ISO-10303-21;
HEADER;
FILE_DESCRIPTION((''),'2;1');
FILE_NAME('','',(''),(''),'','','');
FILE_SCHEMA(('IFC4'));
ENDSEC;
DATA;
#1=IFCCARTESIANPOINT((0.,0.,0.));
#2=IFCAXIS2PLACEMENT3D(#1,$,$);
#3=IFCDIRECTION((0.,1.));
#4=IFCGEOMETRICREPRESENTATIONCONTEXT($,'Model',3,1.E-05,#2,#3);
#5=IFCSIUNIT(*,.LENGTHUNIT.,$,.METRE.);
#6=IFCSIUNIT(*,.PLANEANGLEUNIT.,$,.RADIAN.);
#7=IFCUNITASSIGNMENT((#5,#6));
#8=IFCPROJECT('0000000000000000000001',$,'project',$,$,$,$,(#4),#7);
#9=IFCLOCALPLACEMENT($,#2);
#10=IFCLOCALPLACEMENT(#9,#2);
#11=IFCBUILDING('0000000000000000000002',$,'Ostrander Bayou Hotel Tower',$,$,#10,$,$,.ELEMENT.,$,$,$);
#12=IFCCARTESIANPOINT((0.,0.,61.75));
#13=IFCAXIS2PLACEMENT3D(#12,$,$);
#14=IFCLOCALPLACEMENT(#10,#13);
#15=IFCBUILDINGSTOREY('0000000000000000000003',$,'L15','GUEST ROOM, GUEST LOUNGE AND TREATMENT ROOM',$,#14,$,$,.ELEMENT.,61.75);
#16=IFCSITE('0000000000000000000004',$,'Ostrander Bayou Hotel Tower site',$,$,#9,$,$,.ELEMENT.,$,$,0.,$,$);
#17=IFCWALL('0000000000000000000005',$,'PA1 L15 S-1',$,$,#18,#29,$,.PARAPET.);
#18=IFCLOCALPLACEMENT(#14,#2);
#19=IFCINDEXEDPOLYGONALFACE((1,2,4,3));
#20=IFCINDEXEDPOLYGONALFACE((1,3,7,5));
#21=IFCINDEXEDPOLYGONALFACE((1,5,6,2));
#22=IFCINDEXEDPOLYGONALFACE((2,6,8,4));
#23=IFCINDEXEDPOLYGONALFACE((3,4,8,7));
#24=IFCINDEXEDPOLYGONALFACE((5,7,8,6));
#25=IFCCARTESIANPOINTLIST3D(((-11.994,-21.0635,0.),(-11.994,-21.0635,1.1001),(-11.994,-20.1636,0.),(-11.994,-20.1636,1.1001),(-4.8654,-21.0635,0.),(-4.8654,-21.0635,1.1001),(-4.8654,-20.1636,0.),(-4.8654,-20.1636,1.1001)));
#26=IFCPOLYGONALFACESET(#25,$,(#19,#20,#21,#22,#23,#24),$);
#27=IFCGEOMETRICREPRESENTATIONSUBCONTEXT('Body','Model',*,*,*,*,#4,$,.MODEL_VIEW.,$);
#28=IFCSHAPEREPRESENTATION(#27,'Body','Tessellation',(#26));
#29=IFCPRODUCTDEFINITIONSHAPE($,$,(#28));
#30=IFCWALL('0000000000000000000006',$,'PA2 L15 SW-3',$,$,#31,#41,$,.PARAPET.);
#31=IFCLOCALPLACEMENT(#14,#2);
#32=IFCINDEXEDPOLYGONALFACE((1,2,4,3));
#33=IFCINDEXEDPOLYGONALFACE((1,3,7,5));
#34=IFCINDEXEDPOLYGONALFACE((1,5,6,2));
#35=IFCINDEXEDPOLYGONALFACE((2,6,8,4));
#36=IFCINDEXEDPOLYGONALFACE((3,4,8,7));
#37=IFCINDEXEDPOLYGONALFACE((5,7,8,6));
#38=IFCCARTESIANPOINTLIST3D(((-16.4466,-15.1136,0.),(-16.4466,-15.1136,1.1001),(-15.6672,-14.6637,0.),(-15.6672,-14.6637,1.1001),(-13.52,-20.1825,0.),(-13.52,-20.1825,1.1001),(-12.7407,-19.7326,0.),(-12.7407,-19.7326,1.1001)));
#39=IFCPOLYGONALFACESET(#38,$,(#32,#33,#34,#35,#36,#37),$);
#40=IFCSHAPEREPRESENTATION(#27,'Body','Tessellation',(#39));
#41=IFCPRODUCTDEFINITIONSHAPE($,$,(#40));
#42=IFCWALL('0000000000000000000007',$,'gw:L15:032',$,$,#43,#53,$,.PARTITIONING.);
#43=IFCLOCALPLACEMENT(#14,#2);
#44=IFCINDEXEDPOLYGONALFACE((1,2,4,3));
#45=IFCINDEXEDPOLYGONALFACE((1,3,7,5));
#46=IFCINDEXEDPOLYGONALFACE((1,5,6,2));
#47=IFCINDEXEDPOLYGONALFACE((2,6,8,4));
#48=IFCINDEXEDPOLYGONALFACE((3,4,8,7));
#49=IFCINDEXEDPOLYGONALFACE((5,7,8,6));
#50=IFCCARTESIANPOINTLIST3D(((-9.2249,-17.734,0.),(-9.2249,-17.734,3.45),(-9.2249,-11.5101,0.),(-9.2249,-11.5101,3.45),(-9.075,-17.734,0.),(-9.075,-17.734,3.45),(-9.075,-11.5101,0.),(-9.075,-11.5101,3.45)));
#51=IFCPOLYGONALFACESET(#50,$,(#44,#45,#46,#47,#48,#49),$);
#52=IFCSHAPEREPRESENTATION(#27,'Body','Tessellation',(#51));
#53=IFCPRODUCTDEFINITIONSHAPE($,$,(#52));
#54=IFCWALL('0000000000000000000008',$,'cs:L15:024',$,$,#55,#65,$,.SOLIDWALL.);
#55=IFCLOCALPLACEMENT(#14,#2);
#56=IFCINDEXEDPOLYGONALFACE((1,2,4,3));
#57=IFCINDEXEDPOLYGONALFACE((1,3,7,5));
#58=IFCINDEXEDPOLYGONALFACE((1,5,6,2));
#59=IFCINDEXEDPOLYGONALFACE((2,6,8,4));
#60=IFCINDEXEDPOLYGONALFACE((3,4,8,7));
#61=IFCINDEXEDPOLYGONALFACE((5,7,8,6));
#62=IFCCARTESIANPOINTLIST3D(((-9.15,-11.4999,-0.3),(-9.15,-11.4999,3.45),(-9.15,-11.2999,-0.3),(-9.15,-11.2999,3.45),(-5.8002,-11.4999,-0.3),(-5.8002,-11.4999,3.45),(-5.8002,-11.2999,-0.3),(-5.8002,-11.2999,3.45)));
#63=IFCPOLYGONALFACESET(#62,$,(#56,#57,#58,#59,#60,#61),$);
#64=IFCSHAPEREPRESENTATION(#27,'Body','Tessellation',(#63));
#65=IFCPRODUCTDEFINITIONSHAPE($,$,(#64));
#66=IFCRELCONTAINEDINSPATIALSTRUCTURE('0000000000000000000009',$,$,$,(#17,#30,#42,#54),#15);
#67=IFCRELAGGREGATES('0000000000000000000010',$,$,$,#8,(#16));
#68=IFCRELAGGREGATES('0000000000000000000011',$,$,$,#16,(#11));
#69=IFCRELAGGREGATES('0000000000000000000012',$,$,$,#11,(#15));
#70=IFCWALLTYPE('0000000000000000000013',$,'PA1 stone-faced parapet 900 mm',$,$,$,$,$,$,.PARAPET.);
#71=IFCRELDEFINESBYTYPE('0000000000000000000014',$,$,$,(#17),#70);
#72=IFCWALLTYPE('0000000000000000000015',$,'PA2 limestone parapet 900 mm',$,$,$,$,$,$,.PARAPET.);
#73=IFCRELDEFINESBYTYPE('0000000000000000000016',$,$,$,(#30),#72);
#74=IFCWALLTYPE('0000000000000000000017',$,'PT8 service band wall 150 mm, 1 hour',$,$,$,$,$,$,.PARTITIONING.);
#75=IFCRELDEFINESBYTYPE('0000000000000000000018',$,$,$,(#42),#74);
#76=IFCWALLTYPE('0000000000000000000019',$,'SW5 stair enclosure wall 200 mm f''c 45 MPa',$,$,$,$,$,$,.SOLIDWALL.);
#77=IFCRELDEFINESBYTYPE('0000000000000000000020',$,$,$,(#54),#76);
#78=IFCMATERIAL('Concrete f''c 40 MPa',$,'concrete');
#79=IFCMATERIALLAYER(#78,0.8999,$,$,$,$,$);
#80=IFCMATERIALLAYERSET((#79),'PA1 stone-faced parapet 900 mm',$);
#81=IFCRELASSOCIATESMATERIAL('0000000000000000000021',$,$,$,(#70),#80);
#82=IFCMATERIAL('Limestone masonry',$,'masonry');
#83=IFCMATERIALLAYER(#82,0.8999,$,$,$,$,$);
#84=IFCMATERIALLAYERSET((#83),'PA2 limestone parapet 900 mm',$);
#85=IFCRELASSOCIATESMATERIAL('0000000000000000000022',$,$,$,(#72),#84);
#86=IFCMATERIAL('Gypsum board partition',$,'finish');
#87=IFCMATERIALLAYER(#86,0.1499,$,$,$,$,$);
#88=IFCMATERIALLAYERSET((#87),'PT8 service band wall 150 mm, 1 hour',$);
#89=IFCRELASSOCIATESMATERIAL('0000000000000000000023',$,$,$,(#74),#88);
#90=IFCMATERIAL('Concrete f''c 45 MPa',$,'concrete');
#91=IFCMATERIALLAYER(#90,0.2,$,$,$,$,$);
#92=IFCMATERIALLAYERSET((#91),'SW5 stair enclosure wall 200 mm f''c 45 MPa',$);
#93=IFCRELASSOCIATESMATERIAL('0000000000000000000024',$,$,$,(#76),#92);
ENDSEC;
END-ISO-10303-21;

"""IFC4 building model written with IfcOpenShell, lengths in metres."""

from ifc_helpers import new_model, si_unit, direction, frame, frame_2d, origin, place, context, subcontext, project, spatial, rectangle, extrude, material, layer, layer_set, type_object, element, save


model = new_model("IFC4")

# Units and contexts
model_context = context("Model", 3, precision=1e-05, world=origin(), true_north=direction((0.0, 1.0)))
body_context = subcontext(model_context, "Body", "Model", "MODEL_VIEW")
ifc_project = project(units=[si_unit("LENGTHUNIT", "METRE"), si_unit("PLANEANGLEUNIT", "RADIAN")], contexts=[model_context])

# Site, building, storey
site_placement = place(None, origin())
site = spatial("IfcSite", under=ifc_project, at=site_placement, Name="Ostrander Bayou Hotel Tower site", CompositionType="ELEMENT", RefElevation=0.0)
building_placement = place(site_placement, origin())
building = spatial("IfcBuilding", under=site, at=building_placement, Name="Ostrander Bayou Hotel Tower", CompositionType="ELEMENT")
storey_placement = place(building_placement, frame((0.0, 0.0, 61.75)))
storey = spatial("IfcBuildingStorey", under=building, at=storey_placement, Name="L15", Description="GUEST ROOM, GUEST LOUNGE AND TREATMENT ROOM", CompositionType="ELEMENT", Elevation=61.75)

# Walls
ifc_material_1 = material(Name="Concrete f'c 40 MPa", Category="concrete")
ifc_layer_1 = layer(ifc_material_1, 0.8999)
ifc_layer_set_1 = layer_set([ifc_layer_1], Name="PA1 stone-faced parapet 900 mm")
wall_type_1 = type_object("IfcWallType", Name="PA1 stone-faced parapet 900 mm", PredefinedType="PARAPET", material=ifc_layer_set_1)
wall_1_placement = place(storey_placement, frame((-11.9941, -20.6135, 0.0), z_axis=(0.0, 0.0, 1.0), x_axis=(1.0, 0.0, 0.0)))
element("IfcWall", 1, at=wall_1_placement, inside=storey, type_object=wall_type_1, Name="PA1 L15 S-1", PredefinedType="PARAPET", context=body_context, shape_type="SweptSolid", body=[
    extrude(rectangle(XDim=7.1287, YDim=0.8999, at=frame_2d((3.5645, 0.0))), origin(), (0.0, 0.0, 1.0), 1.1001),
])
ifc_material_2 = material(Name="Limestone masonry", Category="masonry")
ifc_layer_2 = layer(ifc_material_2, 0.8999)
ifc_layer_set_2 = layer_set([ifc_layer_2], Name="PA2 limestone parapet 900 mm")
wall_type_2 = type_object("IfcWallType", Name="PA2 limestone parapet 900 mm", PredefinedType="PARAPET", material=ifc_layer_set_2)
wall_2_placement = place(storey_placement, frame((-16.0569, -14.8887, 0.0), z_axis=(0.0, 0.0, 1.0), x_axis=(0.500002, -0.866024, 0.0)))
element("IfcWall", 2, at=wall_2_placement, inside=storey, type_object=wall_type_2, Name="PA2 L15 SW-3", PredefinedType="PARAPET", context=body_context, shape_type="SweptSolid", body=[
    extrude(rectangle(XDim=5.853, YDim=0.8999, at=frame_2d((2.9265, 0.0))), origin(), (0.0, 0.0, 1.0), 1.1001),
])
ifc_material_3 = material(Name="Gypsum board partition", Category="finish")
ifc_layer_3 = layer(ifc_material_3, 0.1499)
ifc_layer_set_3 = layer_set([ifc_layer_3], Name="PT8 service band wall 150 mm, 1 hour")
wall_type_3 = type_object("IfcWallType", Name="PT8 service band wall 150 mm, 1 hour", PredefinedType="PARTITIONING", material=ifc_layer_set_3)
wall_3_placement = place(storey_placement, frame((-9.1499, -17.7339, 0.0), z_axis=(0.0, 0.0, 1.0), x_axis=(0.0, 1.0, 0.0)))
element("IfcWall", 3, at=wall_3_placement, inside=storey, type_object=wall_type_3, Name="gw:L15:032", PredefinedType="PARTITIONING", context=body_context, shape_type="SweptSolid", body=[
    extrude(rectangle(XDim=6.2239, YDim=0.1499, at=frame_2d((3.1118, 0.0))), origin(), (0.0, 0.0, 1.0), 3.45),
])
ifc_material_4 = material(Name="Concrete f'c 45 MPa", Category="concrete")
ifc_layer_4 = layer(ifc_material_4, 0.2)
ifc_layer_set_4 = layer_set([ifc_layer_4], Name="SW5 stair enclosure wall 200 mm f'c 45 MPa")
wall_type_4 = type_object("IfcWallType", Name="SW5 stair enclosure wall 200 mm f'c 45 MPa", PredefinedType="SOLIDWALL", material=ifc_layer_set_4)
wall_4_placement = place(storey_placement, frame((-9.1499, -11.3999, -0.3), z_axis=(0.0, 0.0, 1.0), x_axis=(1.0, 0.0, 0.0)))
element("IfcWall", 4, at=wall_4_placement, inside=storey, type_object=wall_type_4, Name="cs:L15:024", PredefinedType="SOLIDWALL", context=body_context, shape_type="SweptSolid", body=[
    extrude(rectangle(XDim=3.3499, YDim=0.2, at=frame_2d((1.6748, 0.0))), origin(), (0.0, 0.0, 1.0), 3.75),
])

save(model, "model.ifc")
